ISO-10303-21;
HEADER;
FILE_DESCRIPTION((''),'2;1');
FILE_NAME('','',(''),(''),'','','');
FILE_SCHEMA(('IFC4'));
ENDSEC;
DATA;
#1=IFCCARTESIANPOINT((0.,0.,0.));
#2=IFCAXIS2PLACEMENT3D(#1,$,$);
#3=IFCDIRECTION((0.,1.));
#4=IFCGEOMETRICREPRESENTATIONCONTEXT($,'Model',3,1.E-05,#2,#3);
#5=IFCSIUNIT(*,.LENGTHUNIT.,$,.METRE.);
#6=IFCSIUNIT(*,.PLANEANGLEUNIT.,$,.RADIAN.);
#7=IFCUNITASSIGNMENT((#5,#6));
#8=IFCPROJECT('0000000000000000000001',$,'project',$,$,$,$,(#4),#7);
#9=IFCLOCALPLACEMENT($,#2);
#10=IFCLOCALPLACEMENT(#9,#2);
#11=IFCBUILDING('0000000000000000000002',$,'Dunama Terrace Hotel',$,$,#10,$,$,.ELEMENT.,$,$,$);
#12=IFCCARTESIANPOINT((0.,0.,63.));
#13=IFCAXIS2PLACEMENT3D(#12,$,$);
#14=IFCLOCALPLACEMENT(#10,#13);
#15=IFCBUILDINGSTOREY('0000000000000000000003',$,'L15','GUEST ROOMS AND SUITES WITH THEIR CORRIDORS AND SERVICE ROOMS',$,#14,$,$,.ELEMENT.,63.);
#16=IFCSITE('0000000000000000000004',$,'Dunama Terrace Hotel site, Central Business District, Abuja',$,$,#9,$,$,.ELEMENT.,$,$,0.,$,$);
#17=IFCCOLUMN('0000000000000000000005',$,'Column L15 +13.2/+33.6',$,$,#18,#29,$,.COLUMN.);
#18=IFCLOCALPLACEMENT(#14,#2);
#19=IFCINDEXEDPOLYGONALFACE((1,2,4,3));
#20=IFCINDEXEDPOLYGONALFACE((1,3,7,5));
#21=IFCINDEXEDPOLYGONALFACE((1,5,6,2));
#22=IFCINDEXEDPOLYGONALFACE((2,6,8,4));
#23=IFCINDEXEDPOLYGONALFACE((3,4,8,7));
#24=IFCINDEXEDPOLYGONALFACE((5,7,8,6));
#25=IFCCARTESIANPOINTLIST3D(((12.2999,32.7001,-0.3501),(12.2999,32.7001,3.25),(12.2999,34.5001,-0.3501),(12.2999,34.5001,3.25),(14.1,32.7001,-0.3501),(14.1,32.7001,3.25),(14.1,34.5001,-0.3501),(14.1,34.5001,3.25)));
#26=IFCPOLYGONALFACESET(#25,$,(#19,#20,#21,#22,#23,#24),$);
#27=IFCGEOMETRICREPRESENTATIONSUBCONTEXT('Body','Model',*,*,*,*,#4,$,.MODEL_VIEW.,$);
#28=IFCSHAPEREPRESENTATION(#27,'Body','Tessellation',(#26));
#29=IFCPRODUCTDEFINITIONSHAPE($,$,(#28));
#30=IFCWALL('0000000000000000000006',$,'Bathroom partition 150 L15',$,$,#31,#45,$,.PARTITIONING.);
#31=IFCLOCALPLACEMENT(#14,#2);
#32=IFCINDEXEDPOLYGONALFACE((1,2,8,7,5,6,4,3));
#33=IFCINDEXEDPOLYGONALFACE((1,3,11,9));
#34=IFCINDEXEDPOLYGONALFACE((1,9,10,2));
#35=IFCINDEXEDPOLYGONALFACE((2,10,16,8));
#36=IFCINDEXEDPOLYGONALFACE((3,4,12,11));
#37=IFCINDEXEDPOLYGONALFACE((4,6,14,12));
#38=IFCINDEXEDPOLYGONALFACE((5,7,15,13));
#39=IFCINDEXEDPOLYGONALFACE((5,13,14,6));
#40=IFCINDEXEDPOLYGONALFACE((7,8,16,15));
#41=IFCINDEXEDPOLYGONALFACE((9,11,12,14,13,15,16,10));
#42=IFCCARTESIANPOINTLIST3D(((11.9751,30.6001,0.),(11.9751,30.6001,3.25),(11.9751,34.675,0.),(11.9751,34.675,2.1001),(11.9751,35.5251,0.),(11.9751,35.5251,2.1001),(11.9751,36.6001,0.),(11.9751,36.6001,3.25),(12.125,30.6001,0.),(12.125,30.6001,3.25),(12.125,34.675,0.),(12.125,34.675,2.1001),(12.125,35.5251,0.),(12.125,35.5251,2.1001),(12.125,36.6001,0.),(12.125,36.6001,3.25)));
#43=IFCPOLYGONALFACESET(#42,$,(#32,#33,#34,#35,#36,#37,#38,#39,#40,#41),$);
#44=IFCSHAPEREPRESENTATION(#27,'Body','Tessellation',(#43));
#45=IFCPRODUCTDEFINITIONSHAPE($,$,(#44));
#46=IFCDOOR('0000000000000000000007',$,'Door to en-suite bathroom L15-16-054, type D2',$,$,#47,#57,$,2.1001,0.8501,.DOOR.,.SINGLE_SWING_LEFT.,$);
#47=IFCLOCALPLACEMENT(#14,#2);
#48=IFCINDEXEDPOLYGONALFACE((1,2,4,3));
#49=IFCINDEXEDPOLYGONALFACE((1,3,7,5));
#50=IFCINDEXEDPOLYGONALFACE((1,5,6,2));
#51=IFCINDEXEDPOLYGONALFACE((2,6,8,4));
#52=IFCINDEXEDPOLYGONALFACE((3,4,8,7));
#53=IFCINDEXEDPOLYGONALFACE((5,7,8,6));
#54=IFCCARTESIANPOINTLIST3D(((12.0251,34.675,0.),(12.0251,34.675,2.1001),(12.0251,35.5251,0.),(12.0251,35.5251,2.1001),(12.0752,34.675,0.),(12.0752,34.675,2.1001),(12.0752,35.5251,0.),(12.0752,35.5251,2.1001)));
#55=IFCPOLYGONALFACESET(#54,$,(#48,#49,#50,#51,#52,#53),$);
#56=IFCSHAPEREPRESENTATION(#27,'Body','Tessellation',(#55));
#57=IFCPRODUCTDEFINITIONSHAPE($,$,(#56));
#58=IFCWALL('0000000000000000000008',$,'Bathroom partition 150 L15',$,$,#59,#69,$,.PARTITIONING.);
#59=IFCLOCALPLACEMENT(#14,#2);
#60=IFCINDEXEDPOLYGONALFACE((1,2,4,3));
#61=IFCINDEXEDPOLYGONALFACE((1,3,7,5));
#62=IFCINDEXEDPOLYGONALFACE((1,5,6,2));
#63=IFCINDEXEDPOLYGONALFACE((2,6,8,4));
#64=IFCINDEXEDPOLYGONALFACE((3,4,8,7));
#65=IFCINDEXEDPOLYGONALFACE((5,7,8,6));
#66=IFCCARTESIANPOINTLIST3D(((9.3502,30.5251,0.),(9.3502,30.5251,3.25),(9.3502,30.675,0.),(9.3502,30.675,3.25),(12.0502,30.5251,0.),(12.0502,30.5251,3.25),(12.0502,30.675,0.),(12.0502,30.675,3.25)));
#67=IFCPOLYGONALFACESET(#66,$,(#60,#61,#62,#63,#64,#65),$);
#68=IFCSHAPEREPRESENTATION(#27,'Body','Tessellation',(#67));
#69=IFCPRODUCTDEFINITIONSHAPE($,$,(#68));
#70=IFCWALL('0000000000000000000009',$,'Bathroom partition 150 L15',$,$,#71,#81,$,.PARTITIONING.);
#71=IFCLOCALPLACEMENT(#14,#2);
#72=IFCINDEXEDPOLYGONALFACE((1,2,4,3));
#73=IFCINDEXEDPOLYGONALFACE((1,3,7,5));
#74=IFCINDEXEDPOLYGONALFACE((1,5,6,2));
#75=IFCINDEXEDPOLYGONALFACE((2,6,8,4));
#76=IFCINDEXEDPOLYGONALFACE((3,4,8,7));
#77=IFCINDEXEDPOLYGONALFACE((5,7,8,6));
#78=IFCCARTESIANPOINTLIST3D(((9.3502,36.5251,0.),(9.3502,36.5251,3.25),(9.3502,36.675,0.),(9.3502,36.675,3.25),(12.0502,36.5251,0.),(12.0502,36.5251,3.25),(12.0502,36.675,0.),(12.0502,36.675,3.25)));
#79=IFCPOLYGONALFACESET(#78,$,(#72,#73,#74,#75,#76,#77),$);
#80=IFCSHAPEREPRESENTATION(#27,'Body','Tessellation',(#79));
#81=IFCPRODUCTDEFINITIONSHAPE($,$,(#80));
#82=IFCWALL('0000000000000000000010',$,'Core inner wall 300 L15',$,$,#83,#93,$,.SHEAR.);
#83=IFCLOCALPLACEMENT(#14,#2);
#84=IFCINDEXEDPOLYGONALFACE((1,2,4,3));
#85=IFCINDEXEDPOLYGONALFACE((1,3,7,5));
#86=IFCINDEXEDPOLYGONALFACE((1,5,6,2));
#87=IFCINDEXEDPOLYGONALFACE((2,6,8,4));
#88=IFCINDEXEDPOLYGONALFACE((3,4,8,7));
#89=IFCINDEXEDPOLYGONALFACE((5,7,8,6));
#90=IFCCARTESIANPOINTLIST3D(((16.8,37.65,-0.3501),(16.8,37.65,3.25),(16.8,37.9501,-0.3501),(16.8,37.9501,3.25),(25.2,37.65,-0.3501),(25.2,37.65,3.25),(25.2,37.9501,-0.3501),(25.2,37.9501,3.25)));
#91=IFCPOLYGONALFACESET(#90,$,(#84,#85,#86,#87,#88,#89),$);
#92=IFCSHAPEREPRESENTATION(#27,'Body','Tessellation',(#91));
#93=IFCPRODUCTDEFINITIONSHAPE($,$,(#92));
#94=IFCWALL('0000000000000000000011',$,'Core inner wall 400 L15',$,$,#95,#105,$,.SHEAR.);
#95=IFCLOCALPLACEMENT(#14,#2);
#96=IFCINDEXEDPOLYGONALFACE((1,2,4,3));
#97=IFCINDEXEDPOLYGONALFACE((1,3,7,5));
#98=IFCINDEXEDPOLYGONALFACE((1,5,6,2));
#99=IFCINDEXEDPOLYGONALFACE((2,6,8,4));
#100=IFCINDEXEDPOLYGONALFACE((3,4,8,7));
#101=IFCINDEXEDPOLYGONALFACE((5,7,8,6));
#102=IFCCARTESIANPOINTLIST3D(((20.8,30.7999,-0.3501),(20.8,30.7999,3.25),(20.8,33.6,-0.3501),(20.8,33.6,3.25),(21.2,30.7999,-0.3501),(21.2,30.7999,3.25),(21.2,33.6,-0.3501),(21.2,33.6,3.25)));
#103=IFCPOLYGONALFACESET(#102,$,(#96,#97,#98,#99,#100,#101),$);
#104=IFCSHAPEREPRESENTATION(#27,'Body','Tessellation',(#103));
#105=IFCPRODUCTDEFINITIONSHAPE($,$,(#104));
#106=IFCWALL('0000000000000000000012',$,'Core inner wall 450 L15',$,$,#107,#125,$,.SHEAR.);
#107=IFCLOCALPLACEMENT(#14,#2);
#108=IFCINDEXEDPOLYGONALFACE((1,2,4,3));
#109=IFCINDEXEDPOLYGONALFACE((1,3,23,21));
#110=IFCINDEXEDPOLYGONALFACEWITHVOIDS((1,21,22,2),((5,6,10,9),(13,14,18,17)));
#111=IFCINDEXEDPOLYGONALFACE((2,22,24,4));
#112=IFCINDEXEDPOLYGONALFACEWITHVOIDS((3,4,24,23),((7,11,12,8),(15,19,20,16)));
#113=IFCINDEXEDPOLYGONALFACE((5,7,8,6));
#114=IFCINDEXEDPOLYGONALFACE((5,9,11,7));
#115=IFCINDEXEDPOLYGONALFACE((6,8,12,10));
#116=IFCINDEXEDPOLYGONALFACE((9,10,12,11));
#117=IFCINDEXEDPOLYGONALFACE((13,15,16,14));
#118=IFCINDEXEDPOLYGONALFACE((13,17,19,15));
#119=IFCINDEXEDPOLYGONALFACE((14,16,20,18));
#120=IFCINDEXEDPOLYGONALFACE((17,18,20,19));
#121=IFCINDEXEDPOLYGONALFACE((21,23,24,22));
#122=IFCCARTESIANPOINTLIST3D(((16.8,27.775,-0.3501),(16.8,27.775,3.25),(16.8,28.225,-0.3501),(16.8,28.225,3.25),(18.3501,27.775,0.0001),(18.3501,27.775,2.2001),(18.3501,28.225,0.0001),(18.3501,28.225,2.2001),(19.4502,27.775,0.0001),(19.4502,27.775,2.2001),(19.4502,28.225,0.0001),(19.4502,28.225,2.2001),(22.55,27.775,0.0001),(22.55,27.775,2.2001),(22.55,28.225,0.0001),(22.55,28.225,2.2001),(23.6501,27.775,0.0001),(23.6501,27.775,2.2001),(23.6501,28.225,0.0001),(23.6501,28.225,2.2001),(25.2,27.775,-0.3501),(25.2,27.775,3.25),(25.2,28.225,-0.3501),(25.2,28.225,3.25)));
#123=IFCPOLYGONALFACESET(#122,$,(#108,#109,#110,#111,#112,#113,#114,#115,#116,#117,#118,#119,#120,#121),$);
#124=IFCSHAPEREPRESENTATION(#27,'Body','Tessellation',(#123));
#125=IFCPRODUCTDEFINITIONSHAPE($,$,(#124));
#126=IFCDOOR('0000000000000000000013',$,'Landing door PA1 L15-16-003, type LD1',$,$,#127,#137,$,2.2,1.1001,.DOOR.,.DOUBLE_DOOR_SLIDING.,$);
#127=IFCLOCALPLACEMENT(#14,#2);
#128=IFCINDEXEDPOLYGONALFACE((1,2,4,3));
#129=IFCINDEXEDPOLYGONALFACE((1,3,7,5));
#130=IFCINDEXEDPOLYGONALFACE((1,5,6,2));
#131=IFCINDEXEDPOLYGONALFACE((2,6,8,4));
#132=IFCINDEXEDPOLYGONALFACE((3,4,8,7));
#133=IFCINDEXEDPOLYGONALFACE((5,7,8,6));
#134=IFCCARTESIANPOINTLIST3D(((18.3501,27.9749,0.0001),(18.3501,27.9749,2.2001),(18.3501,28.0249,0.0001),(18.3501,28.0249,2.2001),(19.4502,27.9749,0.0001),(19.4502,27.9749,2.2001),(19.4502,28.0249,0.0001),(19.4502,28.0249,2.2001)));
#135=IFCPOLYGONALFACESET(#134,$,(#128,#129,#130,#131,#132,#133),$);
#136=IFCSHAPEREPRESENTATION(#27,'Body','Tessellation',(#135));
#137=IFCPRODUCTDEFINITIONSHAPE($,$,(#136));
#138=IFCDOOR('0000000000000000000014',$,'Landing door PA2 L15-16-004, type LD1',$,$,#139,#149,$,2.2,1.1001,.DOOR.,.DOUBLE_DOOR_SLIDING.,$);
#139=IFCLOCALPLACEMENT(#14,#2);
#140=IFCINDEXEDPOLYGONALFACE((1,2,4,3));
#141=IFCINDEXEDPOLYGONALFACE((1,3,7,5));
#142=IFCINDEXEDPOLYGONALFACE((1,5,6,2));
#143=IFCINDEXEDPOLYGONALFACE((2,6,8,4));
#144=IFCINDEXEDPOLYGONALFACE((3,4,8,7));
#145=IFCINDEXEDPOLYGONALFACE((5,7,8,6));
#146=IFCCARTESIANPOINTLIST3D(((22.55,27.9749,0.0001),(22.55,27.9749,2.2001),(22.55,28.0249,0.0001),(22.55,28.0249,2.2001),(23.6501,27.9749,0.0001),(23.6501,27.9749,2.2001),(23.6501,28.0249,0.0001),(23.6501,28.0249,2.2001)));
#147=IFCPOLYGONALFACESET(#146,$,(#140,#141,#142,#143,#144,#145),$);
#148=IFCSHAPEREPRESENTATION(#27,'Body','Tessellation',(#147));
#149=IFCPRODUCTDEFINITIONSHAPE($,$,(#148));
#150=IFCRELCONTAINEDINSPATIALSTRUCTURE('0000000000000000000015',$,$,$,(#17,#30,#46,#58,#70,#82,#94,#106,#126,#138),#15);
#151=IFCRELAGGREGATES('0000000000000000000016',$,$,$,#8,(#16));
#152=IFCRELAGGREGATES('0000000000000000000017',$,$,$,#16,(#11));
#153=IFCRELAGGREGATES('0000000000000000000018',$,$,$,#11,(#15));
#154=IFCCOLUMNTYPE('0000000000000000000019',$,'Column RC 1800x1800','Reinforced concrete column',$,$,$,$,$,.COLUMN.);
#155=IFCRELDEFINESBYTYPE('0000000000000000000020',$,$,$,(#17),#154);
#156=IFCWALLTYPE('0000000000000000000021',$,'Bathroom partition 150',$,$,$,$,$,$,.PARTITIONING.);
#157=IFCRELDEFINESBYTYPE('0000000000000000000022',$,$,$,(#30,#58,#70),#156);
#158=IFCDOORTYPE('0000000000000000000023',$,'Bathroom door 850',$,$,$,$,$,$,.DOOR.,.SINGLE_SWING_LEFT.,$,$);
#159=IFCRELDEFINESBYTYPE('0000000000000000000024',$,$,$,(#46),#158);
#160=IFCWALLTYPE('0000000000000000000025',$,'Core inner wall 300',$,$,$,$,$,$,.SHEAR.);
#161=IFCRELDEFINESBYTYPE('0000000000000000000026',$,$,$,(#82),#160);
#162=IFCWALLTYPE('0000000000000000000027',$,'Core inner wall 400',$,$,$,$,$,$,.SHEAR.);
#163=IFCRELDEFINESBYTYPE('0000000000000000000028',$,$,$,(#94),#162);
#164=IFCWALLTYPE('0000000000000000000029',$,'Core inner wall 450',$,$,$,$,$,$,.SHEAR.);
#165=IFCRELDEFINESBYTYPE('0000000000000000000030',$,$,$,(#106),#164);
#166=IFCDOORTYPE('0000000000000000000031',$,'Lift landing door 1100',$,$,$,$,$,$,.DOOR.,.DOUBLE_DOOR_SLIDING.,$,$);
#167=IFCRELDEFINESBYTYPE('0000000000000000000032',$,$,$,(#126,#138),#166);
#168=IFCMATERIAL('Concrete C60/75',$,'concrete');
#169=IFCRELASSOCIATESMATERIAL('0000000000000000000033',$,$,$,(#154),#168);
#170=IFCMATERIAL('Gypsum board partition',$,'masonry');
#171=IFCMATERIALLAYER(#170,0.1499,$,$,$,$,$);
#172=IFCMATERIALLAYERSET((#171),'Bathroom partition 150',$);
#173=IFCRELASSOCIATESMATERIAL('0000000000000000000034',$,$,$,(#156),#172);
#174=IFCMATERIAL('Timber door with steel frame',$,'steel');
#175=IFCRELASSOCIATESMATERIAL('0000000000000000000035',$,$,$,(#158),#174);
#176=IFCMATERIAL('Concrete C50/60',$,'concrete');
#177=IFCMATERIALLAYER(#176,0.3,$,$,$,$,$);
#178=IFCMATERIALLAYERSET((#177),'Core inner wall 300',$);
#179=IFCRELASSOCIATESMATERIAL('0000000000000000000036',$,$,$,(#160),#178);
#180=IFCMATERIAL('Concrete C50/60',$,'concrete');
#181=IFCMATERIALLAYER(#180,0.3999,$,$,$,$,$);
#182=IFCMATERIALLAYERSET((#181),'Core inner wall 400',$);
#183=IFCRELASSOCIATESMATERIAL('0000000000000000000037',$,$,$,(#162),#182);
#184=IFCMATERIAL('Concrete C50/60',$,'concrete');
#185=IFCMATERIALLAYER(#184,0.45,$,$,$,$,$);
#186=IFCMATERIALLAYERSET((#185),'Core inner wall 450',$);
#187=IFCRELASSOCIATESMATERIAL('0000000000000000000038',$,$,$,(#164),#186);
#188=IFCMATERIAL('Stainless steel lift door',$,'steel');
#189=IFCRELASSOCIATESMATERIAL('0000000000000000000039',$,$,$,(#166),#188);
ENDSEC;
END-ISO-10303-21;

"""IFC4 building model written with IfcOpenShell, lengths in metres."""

from ifc_helpers import new_model, si_unit, direction, frame, frame_2d, origin, origin_2d, place, context, subcontext, project, spatial, rectangle, extrude, material, layer, layer_set, material_profile, profile_set, type_object, element, fill, save


model = new_model("IFC4")

# Units and contexts
model_context = context("Model", 3, precision=1e-05, world=origin(), true_north=direction((0.0, 1.0)))
body_context = subcontext(model_context, "Body", "Model", "MODEL_VIEW")
ifc_project = project(units=[si_unit("LENGTHUNIT", "METRE"), si_unit("PLANEANGLEUNIT", "RADIAN")], contexts=[model_context])

# Site, building, storey
site_placement = place(None, origin())
site = spatial("IfcSite", under=ifc_project, at=site_placement, Name="Dunama Terrace Hotel site, Central Business District, Abuja", CompositionType="ELEMENT", RefElevation=0.0)
building_placement = place(site_placement, origin())
building = spatial("IfcBuilding", under=site, at=building_placement, Name="Dunama Terrace Hotel", CompositionType="ELEMENT")
storey_placement = place(building_placement, frame((0.0, 0.0, 63.0)))
storey = spatial("IfcBuildingStorey", under=building, at=storey_placement, Name="L15", Description="GUEST ROOMS AND SUITES WITH THEIR CORRIDORS AND SERVICE ROOMS", CompositionType="ELEMENT", Elevation=63.0)

# Column
ifc_material_1 = material(Name="Concrete C60/75", Category="concrete")
ifc_material_profile = material_profile(ifc_material_1, rectangle(XDim=1.8, YDim=1.8, at=origin_2d()), Name="RC 1800x1800")
ifc_profile_set = profile_set([ifc_material_profile], Name="Concrete C60/75")
column_type = type_object("IfcColumnType", Name="Column RC 1800x1800", Description="Reinforced concrete column", PredefinedType="COLUMN", material=ifc_profile_set)
column_placement = place(storey_placement, frame((13.2, 33.6001, -0.3501), z_axis=(0.0, 0.0, 1.0), x_axis=(1.0, 0.0, 0.0)))
element("IfcColumn", 1, at=column_placement, inside=storey, type_object=column_type, Name="Column L15 +13.2/+33.6", PredefinedType="COLUMN", context=body_context, shape_type="SweptSolid", body=[
    extrude(rectangle(XDim=1.8, YDim=1.8, at=origin_2d()), origin(), (0.0, 0.0, 1.0), 3.6001),
])

# Wall, opening, door
ifc_material_2 = material(Name="Gypsum board partition", Category="masonry")
ifc_layer_1 = layer(ifc_material_2, 0.1499)
ifc_layer_set_1 = layer_set([ifc_layer_1], Name="Bathroom partition 150")
wall_type_1 = type_object("IfcWallType", Name="Bathroom partition 150", PredefinedType="PARTITIONING", material=ifc_layer_set_1)
wall_1_placement = place(storey_placement, frame((12.05, 30.6001, 0.0), z_axis=(0.0, 0.0, 1.0), x_axis=(0.0, 1.0, 0.0)))
wall_1 = element("IfcWall", 2, at=wall_1_placement, inside=storey, type_object=wall_type_1, Name="Bathroom partition 150 L15", PredefinedType="PARTITIONING", context=body_context, shape_type="SweptSolid", body=[
    extrude(rectangle(XDim=6.0, YDim=0.1499, at=frame_2d((3.0, 0.0))), origin(), (0.0, 0.0, 1.0), 3.25),
])
opening_1_placement = place(wall_1_placement, frame((4.075, 0.0, 0.0)))
opening_1 = element("IfcOpeningElement", 3, at=opening_1_placement, cuts=wall_1, PredefinedType="OPENING", context=body_context, shape_type="SweptSolid", body=[
    extrude(rectangle(XDim=0.8501, YDim=2.1001, at=frame_2d((0.425, 1.05))), frame((0.0, 0.085, 0.0), z_axis=(0.0, -1.0, 0.0), x_axis=(1.0, 0.0, 0.0)), (0.0, 0.0, 1.0), 0.1699),
])
ifc_material_3 = material(Name="Timber door with steel frame", Category="steel")
door_type_1 = type_object("IfcDoorType", Name="Bathroom door 850", OperationType="SINGLE_SWING_LEFT", PredefinedType="DOOR", material=ifc_material_3)
door_1_placement = place(opening_1_placement, origin())
door_1 = element("IfcDoor", 4, at=door_1_placement, inside=storey, type_object=door_type_1, Name="Door to en-suite bathroom L15-16-054, type D2", OperationType="SINGLE_SWING_LEFT", OverallHeight=2.1001, OverallWidth=0.8501, PredefinedType="DOOR", context=body_context, shape_type="SweptSolid", body=[
    extrude(rectangle(XDim=0.8501, YDim=2.1001, at=frame_2d((0.425, 1.05))), frame((0.0, 0.0249, 0.0), z_axis=(0.0, -1.0, 0.0), x_axis=(1.0, 0.0, 0.0)), (0.0, 0.0, 1.0), 0.05),
])
fill(opening_1, door_1)

# Walls
for number, where, z_axis, x_axis, name in (
    (5, (9.3501, 30.6001, 0.0), (0.0, 0.0, 1.0), (1.0, 0.0, 0.0), "Bathroom partition 150 L15"),
    (6, (9.3501, 36.6001, 0.0), (0.0, 0.0, 1.0), (1.0, 0.0, 0.0), "Bathroom partition 150 L15"),
):
    element("IfcWall", number, at=place(storey_placement, frame(where, z_axis=z_axis, x_axis=x_axis)), inside=storey, type_object=wall_type_1, Name=name, PredefinedType="PARTITIONING", context=body_context, shape_type="SweptSolid", body=[
        extrude(rectangle(XDim=2.7, YDim=0.1499, at=frame_2d((1.3501, 0.0))), origin(), (0.0, 0.0, 1.0), 3.25),
    ])
ifc_material_4 = material(Name="Concrete C50/60", Category="concrete")
ifc_layer_2 = layer(ifc_material_4, 0.3)
ifc_layer_set_2 = layer_set([ifc_layer_2], Name="Core inner wall 300")
wall_type_2 = type_object("IfcWallType", Name="Core inner wall 300", PredefinedType="SHEAR", material=ifc_layer_set_2)
wall_2_placement = place(storey_placement, frame((16.8, 37.8, -0.3501), z_axis=(0.0, 0.0, 1.0), x_axis=(1.0, 0.0, 0.0)))
element("IfcWall", 7, at=wall_2_placement, inside=storey, type_object=wall_type_2, Name="Core inner wall 300 L15", PredefinedType="SHEAR", context=body_context, shape_type="SweptSolid", body=[
    extrude(rectangle(XDim=8.3999, YDim=0.3, at=frame_2d((4.2, 0.0))), origin(), (0.0, 0.0, 1.0), 3.6001),
])
ifc_material_5 = material(Name="Concrete C50/60", Category="concrete")
ifc_layer_3 = layer(ifc_material_5, 0.3999)
ifc_layer_set_3 = layer_set([ifc_layer_3], Name="Core inner wall 400")
wall_type_3 = type_object("IfcWallType", Name="Core inner wall 400", PredefinedType="SHEAR", material=ifc_layer_set_3)
wall_3_placement = place(storey_placement, frame((21.0, 30.8, -0.3501), z_axis=(0.0, 0.0, 1.0), x_axis=(0.0, 1.0, 0.0)))
element("IfcWall", 8, at=wall_3_placement, inside=storey, type_object=wall_type_3, Name="Core inner wall 400 L15", PredefinedType="SHEAR", context=body_context, shape_type="SweptSolid", body=[
    extrude(rectangle(XDim=2.8, YDim=0.3999, at=frame_2d((1.3999, 0.0))), origin(), (0.0, 0.0, 1.0), 3.6001),
])

# Wall, openings, doors
ifc_material_6 = material(Name="Concrete C50/60", Category="concrete")
ifc_layer_4 = layer(ifc_material_6, 0.45)
ifc_layer_set_4 = layer_set([ifc_layer_4], Name="Core inner wall 450")
wall_type_4 = type_object("IfcWallType", Name="Core inner wall 450", PredefinedType="SHEAR", material=ifc_layer_set_4)
wall_4_placement = place(storey_placement, frame((16.8, 28.0, -0.3501), z_axis=(0.0, 0.0, 1.0), x_axis=(1.0, 0.0, 0.0)))
wall_4 = element("IfcWall", 9, at=wall_4_placement, inside=storey, type_object=wall_type_4, Name="Core inner wall 450 L15", PredefinedType="SHEAR", context=body_context, shape_type="SweptSolid", body=[
    extrude(rectangle(XDim=8.3999, YDim=0.45, at=frame_2d((4.2, 0.0))), origin(), (0.0, 0.0, 1.0), 3.6001),
])
opening_2_placement = place(wall_4_placement, frame((1.55, 0.0, 0.3501)))
opening_2 = element("IfcOpeningElement", 10, at=opening_2_placement, cuts=wall_4, PredefinedType="OPENING", context=body_context, shape_type="SweptSolid", body=[
    extrude(rectangle(XDim=1.1001, YDim=2.2, at=frame_2d((0.55, 1.1001))), frame((0.0, 0.2349, 0.0), z_axis=(0.0, -1.0, 0.0), x_axis=(1.0, 0.0, 0.0)), (0.0, 0.0, 1.0), 0.47),
])
opening_3_placement = place(wall_4_placement, frame((5.75, 0.0, 0.3501)))
opening_3 = element("IfcOpeningElement", 11, at=opening_3_placement, cuts=wall_4, PredefinedType="OPENING", context=body_context, shape_type="SweptSolid", body=[
    extrude(rectangle(XDim=1.1001, YDim=2.2, at=frame_2d((0.55, 1.1001))), frame((0.0, 0.2349, 0.0), z_axis=(0.0, -1.0, 0.0), x_axis=(1.0, 0.0, 0.0)), (0.0, 0.0, 1.0), 0.47),
])
ifc_material_7 = material(Name="Stainless steel lift door", Category="steel")
door_type_2 = type_object("IfcDoorType", Name="Lift landing door 1100", OperationType="DOUBLE_DOOR_SLIDING", PredefinedType="DOOR", material=ifc_material_7)
door_2_placement = place(opening_2_placement, origin())
door_2 = element("IfcDoor", 12, at=door_2_placement, inside=storey, type_object=door_type_2, Name="Landing door PA1 L15-16-003, type LD1", OperationType="DOUBLE_DOOR_SLIDING", OverallHeight=2.2, OverallWidth=1.1001, PredefinedType="DOOR", context=body_context, shape_type="SweptSolid", body=[
    extrude(rectangle(XDim=1.1001, YDim=2.2, at=frame_2d((0.55, 1.1001))), frame((0.0, 0.0249, 0.0), z_axis=(0.0, -1.0, 0.0), x_axis=(1.0, 0.0, 0.0)), (0.0, 0.0, 1.0), 0.05),
])
fill(opening_2, door_2)
door_3_placement = place(opening_3_placement, origin())
door_3 = element("IfcDoor", 13, at=door_3_placement, inside=storey, type_object=door_type_2, Name="Landing door PA2 L15-16-004, type LD1", OperationType="DOUBLE_DOOR_SLIDING", OverallHeight=2.2, OverallWidth=1.1001, PredefinedType="DOOR", context=body_context, shape_type="SweptSolid", body=[
    extrude(rectangle(XDim=1.1001, YDim=2.2, at=frame_2d((0.55, 1.1001))), frame((0.0, 0.0249, 0.0), z_axis=(0.0, -1.0, 0.0), x_axis=(1.0, 0.0, 0.0)), (0.0, 0.0, 1.0), 0.05),
])
fill(opening_3, door_3)

save(model, "model.ifc")
